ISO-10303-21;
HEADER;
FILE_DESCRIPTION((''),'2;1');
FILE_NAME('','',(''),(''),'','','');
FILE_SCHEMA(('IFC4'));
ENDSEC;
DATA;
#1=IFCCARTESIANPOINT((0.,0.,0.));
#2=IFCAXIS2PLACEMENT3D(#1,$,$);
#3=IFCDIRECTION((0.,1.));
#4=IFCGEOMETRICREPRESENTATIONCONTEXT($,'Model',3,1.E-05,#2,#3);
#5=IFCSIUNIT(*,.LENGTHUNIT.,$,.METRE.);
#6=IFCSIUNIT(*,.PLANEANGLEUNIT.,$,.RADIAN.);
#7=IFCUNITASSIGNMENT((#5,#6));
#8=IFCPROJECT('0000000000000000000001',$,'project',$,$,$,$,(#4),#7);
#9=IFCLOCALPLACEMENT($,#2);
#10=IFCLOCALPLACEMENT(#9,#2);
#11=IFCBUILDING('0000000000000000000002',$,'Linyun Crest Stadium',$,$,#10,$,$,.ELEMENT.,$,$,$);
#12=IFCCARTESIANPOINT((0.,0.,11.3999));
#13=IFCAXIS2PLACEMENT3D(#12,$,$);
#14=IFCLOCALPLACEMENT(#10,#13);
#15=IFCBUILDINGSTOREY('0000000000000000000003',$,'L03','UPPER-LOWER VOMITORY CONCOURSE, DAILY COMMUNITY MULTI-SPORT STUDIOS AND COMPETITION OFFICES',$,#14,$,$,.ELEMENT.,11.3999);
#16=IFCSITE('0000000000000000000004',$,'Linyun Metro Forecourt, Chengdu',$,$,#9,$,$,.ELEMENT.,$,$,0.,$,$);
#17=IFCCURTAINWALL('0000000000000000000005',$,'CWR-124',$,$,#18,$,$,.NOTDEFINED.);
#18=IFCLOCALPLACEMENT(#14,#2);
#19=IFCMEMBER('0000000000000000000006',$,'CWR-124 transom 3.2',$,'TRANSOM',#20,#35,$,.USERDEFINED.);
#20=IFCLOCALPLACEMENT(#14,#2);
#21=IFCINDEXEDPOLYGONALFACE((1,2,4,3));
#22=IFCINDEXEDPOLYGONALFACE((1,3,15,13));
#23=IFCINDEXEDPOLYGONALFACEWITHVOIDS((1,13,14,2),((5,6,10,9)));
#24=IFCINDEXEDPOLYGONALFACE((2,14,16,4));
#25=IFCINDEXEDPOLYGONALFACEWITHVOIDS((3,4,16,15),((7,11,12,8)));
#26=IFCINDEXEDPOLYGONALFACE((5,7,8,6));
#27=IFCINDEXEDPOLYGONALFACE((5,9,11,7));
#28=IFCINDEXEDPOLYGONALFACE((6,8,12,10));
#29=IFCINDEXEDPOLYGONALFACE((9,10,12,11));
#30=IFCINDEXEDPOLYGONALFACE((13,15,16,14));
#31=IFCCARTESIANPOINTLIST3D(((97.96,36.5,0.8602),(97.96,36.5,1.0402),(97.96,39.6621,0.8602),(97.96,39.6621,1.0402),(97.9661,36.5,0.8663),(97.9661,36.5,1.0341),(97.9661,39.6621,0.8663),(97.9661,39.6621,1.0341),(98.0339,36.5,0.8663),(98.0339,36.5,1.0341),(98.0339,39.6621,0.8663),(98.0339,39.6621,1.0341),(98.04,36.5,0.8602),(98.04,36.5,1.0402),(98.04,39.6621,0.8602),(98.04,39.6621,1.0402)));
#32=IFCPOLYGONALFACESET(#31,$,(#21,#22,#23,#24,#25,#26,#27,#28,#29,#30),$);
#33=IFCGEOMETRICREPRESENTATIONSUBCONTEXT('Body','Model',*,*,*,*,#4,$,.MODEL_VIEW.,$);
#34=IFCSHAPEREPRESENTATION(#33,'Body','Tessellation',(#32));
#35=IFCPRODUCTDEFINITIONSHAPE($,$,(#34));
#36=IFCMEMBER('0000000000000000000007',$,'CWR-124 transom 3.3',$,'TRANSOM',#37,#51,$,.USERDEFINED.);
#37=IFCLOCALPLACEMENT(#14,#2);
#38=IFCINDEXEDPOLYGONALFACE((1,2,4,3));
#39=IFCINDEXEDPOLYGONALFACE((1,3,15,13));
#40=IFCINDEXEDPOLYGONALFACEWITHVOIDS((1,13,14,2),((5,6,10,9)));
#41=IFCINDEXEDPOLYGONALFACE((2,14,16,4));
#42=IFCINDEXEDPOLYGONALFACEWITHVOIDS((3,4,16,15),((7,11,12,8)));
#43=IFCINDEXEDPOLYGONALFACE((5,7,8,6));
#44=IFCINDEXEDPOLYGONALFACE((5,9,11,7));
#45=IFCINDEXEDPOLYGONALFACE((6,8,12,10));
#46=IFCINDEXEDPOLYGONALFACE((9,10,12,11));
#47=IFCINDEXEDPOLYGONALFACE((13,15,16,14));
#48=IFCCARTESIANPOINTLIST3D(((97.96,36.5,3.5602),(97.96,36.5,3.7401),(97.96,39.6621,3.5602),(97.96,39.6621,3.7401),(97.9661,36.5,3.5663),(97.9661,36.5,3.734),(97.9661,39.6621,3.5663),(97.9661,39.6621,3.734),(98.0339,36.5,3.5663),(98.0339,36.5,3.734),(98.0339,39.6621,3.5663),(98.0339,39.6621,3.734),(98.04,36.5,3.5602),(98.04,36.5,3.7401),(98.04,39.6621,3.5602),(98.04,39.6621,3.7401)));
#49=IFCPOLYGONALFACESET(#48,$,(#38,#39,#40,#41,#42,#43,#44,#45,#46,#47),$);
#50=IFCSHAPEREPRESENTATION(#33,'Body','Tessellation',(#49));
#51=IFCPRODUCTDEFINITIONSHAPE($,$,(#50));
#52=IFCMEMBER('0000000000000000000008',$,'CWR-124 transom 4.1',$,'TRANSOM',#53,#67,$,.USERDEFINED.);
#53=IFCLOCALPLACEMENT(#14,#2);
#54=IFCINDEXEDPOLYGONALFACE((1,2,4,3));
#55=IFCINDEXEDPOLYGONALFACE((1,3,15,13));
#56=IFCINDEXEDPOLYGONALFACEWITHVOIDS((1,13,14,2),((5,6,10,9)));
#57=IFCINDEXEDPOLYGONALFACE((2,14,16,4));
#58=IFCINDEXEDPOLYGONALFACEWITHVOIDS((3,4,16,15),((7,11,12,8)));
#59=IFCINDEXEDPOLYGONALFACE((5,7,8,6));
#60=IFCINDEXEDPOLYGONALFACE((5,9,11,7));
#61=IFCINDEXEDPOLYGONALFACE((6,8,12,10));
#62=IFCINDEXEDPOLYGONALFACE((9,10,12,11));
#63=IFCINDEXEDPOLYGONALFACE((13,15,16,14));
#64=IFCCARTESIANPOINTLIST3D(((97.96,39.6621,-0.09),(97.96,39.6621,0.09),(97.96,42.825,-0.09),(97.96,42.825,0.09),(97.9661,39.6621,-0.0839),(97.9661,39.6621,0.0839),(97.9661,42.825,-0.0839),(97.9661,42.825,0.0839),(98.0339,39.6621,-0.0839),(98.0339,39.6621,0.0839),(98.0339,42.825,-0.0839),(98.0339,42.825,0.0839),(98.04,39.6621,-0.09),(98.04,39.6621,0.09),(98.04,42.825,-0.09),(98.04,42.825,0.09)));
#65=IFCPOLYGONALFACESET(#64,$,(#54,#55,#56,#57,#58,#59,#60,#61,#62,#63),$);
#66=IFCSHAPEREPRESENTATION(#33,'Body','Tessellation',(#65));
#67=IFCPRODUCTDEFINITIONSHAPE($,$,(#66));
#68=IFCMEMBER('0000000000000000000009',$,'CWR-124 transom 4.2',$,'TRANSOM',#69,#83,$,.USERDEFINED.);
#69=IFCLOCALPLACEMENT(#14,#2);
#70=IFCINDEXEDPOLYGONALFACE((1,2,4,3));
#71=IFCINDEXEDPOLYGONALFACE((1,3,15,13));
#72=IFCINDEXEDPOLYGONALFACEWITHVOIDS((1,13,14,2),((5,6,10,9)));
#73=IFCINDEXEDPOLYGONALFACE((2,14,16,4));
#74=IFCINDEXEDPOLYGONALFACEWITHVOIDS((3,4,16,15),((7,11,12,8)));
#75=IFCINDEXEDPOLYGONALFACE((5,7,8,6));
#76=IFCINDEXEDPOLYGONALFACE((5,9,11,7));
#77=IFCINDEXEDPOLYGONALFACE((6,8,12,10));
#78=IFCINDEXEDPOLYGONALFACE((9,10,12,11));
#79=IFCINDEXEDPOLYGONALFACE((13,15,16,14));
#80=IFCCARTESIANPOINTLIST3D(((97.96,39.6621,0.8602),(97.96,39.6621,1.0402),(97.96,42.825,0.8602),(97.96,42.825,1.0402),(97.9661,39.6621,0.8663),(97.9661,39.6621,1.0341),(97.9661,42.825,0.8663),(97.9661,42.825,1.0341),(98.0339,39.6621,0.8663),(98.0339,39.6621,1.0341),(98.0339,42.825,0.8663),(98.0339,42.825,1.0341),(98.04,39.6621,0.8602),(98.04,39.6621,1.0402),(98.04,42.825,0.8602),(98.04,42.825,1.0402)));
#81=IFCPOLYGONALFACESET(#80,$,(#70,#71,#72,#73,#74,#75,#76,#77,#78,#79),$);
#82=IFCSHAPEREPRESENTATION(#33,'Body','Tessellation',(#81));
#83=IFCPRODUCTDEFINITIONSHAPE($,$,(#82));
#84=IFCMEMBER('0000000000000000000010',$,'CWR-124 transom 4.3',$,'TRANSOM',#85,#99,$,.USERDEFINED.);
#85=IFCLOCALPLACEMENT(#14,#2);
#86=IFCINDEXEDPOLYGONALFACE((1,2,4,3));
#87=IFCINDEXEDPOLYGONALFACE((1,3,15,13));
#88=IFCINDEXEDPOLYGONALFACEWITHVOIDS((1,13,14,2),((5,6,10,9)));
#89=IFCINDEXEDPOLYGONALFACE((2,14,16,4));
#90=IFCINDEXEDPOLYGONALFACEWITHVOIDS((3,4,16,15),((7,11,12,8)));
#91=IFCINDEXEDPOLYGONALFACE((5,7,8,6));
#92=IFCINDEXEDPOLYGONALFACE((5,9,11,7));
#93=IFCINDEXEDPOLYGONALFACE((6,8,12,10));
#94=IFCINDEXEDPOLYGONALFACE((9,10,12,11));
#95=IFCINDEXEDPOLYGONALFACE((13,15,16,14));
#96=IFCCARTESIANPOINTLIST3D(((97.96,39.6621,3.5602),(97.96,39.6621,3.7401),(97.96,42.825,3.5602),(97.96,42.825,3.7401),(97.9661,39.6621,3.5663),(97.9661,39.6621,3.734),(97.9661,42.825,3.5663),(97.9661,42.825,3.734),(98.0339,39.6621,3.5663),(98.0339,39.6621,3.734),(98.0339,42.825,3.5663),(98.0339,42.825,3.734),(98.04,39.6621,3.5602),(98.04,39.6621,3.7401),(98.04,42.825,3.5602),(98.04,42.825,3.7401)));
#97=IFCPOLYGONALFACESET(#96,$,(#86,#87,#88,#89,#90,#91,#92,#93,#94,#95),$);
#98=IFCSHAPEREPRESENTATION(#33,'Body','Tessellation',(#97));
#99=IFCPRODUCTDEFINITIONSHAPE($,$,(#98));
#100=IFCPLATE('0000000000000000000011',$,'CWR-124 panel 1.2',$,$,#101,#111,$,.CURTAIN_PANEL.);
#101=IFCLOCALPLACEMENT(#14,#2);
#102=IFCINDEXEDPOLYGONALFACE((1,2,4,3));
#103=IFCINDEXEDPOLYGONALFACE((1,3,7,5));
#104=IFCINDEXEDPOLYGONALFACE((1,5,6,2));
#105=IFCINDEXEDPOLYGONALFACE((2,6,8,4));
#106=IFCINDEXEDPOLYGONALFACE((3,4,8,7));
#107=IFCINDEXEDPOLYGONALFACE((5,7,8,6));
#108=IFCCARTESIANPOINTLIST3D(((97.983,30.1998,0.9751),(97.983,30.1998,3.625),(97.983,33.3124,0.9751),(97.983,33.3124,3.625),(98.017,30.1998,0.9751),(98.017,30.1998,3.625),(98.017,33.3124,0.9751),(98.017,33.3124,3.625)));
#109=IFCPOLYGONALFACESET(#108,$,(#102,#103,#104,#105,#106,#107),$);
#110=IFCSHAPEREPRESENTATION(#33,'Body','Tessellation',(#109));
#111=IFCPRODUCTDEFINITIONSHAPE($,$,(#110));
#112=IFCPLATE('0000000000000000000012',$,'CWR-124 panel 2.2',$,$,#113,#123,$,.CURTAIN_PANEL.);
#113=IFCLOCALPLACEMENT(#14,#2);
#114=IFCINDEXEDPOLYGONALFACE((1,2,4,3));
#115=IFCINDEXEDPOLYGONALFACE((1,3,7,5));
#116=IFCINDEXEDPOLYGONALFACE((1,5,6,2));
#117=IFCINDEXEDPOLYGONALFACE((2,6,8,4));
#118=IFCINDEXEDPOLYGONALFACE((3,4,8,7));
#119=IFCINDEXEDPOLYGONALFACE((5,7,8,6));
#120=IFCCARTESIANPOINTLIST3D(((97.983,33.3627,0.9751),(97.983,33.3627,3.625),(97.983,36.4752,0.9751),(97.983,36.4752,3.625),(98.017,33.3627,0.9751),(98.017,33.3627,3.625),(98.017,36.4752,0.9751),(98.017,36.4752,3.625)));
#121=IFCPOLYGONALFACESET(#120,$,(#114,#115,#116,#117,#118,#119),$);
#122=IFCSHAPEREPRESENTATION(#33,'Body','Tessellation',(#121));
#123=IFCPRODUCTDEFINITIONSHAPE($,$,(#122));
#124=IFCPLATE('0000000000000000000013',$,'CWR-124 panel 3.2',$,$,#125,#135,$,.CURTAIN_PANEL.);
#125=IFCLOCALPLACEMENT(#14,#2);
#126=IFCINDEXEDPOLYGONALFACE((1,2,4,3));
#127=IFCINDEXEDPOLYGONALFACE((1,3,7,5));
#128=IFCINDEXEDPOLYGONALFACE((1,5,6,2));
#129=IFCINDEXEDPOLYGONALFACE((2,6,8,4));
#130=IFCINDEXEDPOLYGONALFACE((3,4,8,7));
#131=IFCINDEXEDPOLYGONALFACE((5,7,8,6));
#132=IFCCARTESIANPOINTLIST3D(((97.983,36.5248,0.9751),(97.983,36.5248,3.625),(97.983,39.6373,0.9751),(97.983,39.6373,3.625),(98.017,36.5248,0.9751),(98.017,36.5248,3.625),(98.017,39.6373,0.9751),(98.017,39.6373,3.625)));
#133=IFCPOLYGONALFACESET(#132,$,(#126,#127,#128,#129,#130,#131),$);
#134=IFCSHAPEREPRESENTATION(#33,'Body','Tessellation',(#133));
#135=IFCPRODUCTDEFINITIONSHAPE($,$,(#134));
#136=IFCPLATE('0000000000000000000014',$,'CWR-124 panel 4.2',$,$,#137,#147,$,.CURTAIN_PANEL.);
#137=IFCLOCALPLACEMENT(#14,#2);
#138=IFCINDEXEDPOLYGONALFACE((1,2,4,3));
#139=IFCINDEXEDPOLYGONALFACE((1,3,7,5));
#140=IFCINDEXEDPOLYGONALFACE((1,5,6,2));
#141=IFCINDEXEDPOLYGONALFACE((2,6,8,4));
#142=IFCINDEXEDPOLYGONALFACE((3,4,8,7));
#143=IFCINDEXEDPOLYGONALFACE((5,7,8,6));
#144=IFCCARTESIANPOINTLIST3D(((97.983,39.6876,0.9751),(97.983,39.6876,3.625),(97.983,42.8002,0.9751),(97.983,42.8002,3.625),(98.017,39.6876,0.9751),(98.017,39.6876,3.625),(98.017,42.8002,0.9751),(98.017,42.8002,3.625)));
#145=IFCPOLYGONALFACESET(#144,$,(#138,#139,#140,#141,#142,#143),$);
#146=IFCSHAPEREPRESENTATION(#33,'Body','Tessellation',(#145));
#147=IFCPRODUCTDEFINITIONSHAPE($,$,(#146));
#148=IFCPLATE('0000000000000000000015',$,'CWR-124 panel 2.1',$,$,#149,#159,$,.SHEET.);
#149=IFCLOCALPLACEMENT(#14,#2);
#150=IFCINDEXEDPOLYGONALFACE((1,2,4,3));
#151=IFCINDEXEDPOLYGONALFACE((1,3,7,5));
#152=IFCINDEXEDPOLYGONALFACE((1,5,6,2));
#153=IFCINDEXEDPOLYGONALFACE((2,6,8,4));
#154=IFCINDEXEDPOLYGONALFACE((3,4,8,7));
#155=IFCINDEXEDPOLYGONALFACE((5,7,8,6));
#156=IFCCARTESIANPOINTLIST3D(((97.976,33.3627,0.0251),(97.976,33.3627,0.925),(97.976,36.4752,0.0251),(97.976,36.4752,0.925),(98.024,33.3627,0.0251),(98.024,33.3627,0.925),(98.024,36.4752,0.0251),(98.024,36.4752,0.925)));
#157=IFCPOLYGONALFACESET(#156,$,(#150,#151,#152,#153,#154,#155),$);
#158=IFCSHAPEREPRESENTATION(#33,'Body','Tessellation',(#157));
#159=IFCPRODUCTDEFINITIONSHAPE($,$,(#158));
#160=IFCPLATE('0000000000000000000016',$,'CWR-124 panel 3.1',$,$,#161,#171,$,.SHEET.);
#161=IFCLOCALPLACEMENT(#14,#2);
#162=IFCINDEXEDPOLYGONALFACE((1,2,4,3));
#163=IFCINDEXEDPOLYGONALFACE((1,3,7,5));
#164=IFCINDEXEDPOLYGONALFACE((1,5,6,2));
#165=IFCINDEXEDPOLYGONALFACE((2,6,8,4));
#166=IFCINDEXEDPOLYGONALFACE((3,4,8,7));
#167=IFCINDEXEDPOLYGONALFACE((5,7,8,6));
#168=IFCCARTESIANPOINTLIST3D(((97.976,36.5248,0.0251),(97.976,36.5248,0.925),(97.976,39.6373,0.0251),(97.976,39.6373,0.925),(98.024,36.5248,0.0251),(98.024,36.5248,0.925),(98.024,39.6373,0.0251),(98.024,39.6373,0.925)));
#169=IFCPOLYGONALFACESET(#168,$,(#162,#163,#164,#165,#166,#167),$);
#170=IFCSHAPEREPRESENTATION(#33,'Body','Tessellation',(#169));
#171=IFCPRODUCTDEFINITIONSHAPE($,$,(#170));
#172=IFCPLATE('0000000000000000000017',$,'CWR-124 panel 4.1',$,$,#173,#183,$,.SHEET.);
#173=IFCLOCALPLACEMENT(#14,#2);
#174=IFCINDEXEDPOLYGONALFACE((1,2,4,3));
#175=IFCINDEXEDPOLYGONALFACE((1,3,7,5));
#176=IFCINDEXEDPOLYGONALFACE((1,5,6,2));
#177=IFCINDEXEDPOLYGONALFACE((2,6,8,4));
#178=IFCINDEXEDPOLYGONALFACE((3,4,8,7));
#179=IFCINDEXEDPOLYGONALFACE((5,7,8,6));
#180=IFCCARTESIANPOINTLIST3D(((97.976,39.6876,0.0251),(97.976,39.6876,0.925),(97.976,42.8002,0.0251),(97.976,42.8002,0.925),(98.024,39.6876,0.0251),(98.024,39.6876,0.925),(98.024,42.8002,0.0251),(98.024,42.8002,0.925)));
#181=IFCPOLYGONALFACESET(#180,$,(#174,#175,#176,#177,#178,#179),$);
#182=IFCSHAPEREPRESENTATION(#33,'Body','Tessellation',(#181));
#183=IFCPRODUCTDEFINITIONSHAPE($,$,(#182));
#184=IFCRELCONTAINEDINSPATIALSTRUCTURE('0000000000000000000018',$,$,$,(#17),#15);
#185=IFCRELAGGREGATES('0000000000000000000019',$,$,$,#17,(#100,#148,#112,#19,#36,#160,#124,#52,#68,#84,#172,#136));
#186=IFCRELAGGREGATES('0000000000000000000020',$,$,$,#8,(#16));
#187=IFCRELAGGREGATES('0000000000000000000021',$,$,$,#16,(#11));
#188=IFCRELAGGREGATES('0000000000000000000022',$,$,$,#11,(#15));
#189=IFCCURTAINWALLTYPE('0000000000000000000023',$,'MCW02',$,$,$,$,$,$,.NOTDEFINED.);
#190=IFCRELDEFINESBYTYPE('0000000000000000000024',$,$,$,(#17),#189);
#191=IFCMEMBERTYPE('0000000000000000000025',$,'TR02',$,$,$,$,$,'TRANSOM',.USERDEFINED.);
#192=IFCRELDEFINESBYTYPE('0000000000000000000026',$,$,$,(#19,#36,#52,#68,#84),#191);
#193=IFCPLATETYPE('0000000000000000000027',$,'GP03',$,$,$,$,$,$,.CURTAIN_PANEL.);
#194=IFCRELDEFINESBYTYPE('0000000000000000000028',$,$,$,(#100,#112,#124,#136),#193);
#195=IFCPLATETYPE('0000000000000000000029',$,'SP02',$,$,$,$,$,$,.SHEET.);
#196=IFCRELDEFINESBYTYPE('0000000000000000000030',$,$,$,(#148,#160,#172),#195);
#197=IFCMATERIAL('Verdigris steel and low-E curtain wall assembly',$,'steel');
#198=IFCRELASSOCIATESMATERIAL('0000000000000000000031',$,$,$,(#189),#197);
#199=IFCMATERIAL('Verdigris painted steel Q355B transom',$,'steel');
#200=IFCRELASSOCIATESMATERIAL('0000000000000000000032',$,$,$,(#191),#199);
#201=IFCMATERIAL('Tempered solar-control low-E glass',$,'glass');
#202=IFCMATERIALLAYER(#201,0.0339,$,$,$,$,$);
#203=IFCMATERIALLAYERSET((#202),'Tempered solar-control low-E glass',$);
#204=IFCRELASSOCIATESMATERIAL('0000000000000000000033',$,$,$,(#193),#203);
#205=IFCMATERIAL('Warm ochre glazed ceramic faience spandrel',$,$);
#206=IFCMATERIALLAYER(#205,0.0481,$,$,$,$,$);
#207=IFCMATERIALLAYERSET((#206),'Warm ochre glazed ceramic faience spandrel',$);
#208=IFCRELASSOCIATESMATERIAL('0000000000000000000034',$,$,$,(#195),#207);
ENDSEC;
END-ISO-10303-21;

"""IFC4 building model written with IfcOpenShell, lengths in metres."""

from ifc_helpers import new_model, si_unit, direction, frame, origin, origin_2d, place, context, subcontext, project, spatial, rectangle, hollow_rectangle, extrude, material, layer, layer_set, material_profile, profile_set, type_object, element, aggregate, save


model = new_model("IFC4")

# Units and contexts
model_context = context("Model", 3, precision=1e-05, world=origin(), true_north=direction((0.0, 1.0)))
body_context = subcontext(model_context, "Body", "Model", "MODEL_VIEW")
ifc_project = project(units=[si_unit("LENGTHUNIT", "METRE"), si_unit("PLANEANGLEUNIT", "RADIAN")], contexts=[model_context])

# Site, building, storey
site_placement = place(None, origin())
site = spatial("IfcSite", under=ifc_project, at=site_placement, Name="Linyun Metro Forecourt, Chengdu", CompositionType="ELEMENT", RefElevation=0.0)
building_placement = place(site_placement, origin())
building = spatial("IfcBuilding", under=site, at=building_placement, Name="Linyun Crest Stadium", CompositionType="ELEMENT")
storey_placement = place(building_placement, frame((0.0, 0.0, 11.3999)))
storey = spatial("IfcBuildingStorey", under=building, at=storey_placement, Name="L03", Description="UPPER-LOWER VOMITORY CONCOURSE, DAILY COMMUNITY MULTI-SPORT STUDIOS AND COMPETITION OFFICES", CompositionType="ELEMENT", Elevation=11.3999)

# Curtain wall, members, plates
ifc_material_1 = material(Name="Verdigris steel and low-E curtain wall assembly", Category="steel")
curtain_wall_type = type_object("IfcCurtainWallType", Name="MCW02", PredefinedType="NOTDEFINED", material=ifc_material_1)
curtain_wall_placement = place(storey_placement, origin())
curtain_wall = element("IfcCurtainWall", 1, at=curtain_wall_placement, inside=storey, type_object=curtain_wall_type, Name="CWR-124", PredefinedType="NOTDEFINED")
ifc_material_2 = material(Name="Verdigris painted steel Q355B transom", Category="steel")
ifc_material_profile_1 = material_profile(ifc_material_2, hollow_rectangle(XDim=0.0801, YDim=0.1799, WallThickness=0.0061, at=origin_2d()), Name="RHS 180x80x6")
ifc_profile_set_1 = profile_set([ifc_material_profile_1], Name="Verdigris painted steel Q355B transom")
member_type_1 = type_object("IfcMemberType", Name="TR02", ElementType="TRANSOM", PredefinedType="USERDEFINED", material=ifc_profile_set_1)
member_1_placement = place(storey_placement, frame((98.0, 36.5, 0.9502), z_axis=(0.0, 1.0, 0.0), x_axis=(-1.0, 0.0, 0.0)))
member_1 = element("IfcMember", 2, at=member_1_placement, type_object=member_type_1, Name="CWR-124 transom 3.2", ObjectType="TRANSOM", PredefinedType="USERDEFINED", context=body_context, shape_type="SweptSolid", body=[
    extrude(hollow_rectangle(XDim=0.0801, YDim=0.1799, WallThickness=0.0061, at=origin_2d()), origin(), (0.0, 0.0, 1.0), 3.1621),
])
member_2_placement = place(storey_placement, frame((98.0, 36.5, 3.6501), z_axis=(0.0, 1.0, 0.0), x_axis=(-1.0, 0.0, 0.0)))
member_2 = element("IfcMember", 3, at=member_2_placement, type_object=member_type_1, Name="CWR-124 transom 3.3", ObjectType="TRANSOM", PredefinedType="USERDEFINED", context=body_context, shape_type="SweptSolid", body=[
    extrude(hollow_rectangle(XDim=0.0801, YDim=0.1799, WallThickness=0.0061, at=origin_2d()), origin(), (0.0, 0.0, 1.0), 3.1621),
])
member_3_placement = place(storey_placement, frame((98.0, 39.6621, 0.0), z_axis=(0.0, 1.0, 0.0), x_axis=(-1.0, 0.0, 0.0)))
member_3 = element("IfcMember", 4, at=member_3_placement, type_object=member_type_1, Name="CWR-124 transom 4.1", ObjectType="TRANSOM", PredefinedType="USERDEFINED", context=body_context, shape_type="SweptSolid", body=[
    extrude(hollow_rectangle(XDim=0.0801, YDim=0.1799, WallThickness=0.0061, at=origin_2d()), origin(), (0.0, 0.0, 1.0), 3.1628),
])
member_4_placement = place(storey_placement, frame((98.0, 39.6621, 0.9502), z_axis=(0.0, 1.0, 0.0), x_axis=(-1.0, 0.0, 0.0)))
member_4 = element("IfcMember", 5, at=member_4_placement, type_object=member_type_1, Name="CWR-124 transom 4.2", ObjectType="TRANSOM", PredefinedType="USERDEFINED", context=body_context, shape_type="SweptSolid", body=[
    extrude(hollow_rectangle(XDim=0.0801, YDim=0.1799, WallThickness=0.0061, at=origin_2d()), origin(), (0.0, 0.0, 1.0), 3.1628),
])
member_5_placement = place(storey_placement, frame((98.0, 39.6621, 3.6501), z_axis=(0.0, 1.0, 0.0), x_axis=(-1.0, 0.0, 0.0)))
member_5 = element("IfcMember", 6, at=member_5_placement, type_object=member_type_1, Name="CWR-124 transom 4.3", ObjectType="TRANSOM", PredefinedType="USERDEFINED", context=body_context, shape_type="SweptSolid", body=[
    extrude(hollow_rectangle(XDim=0.0801, YDim=0.1799, WallThickness=0.0061, at=origin_2d()), origin(), (0.0, 0.0, 1.0), 3.1628),
])
ifc_material_3 = material(Name="Tempered solar-control low-E glass", Category="glass")
ifc_layer_1 = layer(ifc_material_3, 0.0339)
ifc_layer_set_1 = layer_set([ifc_layer_1], Name="Tempered solar-control low-E glass")
plate_type_1 = type_object("IfcPlateType", Name="GP03", PredefinedType="CURTAIN_PANEL", material=ifc_layer_set_1)
plate_1_placement = place(storey_placement, frame((98.0, 31.7561, 0.9751), z_axis=(0.0, 0.0, 1.0), x_axis=(0.0, 1.0, 0.0)))
plate_1 = element("IfcPlate", 7, at=plate_1_placement, type_object=plate_type_1, Name="CWR-124 panel 1.2", PredefinedType="CURTAIN_PANEL", context=body_context, shape_type="SweptSolid", body=[
    extrude(rectangle(XDim=3.1125, YDim=0.0339, at=origin_2d()), origin(), (0.0, 0.0, 1.0), 2.6499),
])
plate_2_placement = place(storey_placement, frame((98.0, 34.9189, 0.9751), z_axis=(0.0, 0.0, 1.0), x_axis=(0.0, 1.0, 0.0)))
plate_2 = element("IfcPlate", 8, at=plate_2_placement, type_object=plate_type_1, Name="CWR-124 panel 2.2", PredefinedType="CURTAIN_PANEL", context=body_context, shape_type="SweptSolid", body=[
    extrude(rectangle(XDim=3.1125, YDim=0.0339, at=origin_2d()), origin(), (0.0, 0.0, 1.0), 2.6499),
])
plate_3_placement = place(storey_placement, frame((98.0, 38.0811, 0.9751), z_axis=(0.0, 0.0, 1.0), x_axis=(0.0, 1.0, 0.0)))
plate_3 = element("IfcPlate", 9, at=plate_3_placement, type_object=plate_type_1, Name="CWR-124 panel 3.2", PredefinedType="CURTAIN_PANEL", context=body_context, shape_type="SweptSolid", body=[
    extrude(rectangle(XDim=3.1125, YDim=0.0339, at=origin_2d()), origin(), (0.0, 0.0, 1.0), 2.6499),
])
plate_4_placement = place(storey_placement, frame((98.0, 41.2439, 0.9751), z_axis=(0.0, 0.0, 1.0), x_axis=(0.0, 1.0, 0.0)))
plate_4 = element("IfcPlate", 10, at=plate_4_placement, type_object=plate_type_1, Name="CWR-124 panel 4.2", PredefinedType="CURTAIN_PANEL", context=body_context, shape_type="SweptSolid", body=[
    extrude(rectangle(XDim=3.1125, YDim=0.0339, at=origin_2d()), origin(), (0.0, 0.0, 1.0), 2.6499),
])
ifc_material_4 = material(Name="Warm ochre glazed ceramic faience spandrel")
ifc_layer_2 = layer(ifc_material_4, 0.0481)
ifc_layer_set_2 = layer_set([ifc_layer_2], Name="Warm ochre glazed ceramic faience spandrel")
plate_type_2 = type_object("IfcPlateType", Name="SP02", PredefinedType="SHEET", material=ifc_layer_set_2)
plate_5_placement = place(storey_placement, frame((98.0, 34.9189, 0.0251), z_axis=(0.0, 0.0, 1.0), x_axis=(0.0, 1.0, 0.0)))
plate_5 = element("IfcPlate", 11, at=plate_5_placement, type_object=plate_type_2, Name="CWR-124 panel 2.1", PredefinedType="SHEET", context=body_context, shape_type="SweptSolid", body=[
    extrude(rectangle(XDim=3.1125, YDim=0.0481, at=origin_2d()), origin(), (0.0, 0.0, 1.0), 0.8999),
])
plate_6_placement = place(storey_placement, frame((98.0, 38.0811, 0.0251), z_axis=(0.0, 0.0, 1.0), x_axis=(0.0, 1.0, 0.0)))
plate_6 = element("IfcPlate", 12, at=plate_6_placement, type_object=plate_type_2, Name="CWR-124 panel 3.1", PredefinedType="SHEET", context=body_context, shape_type="SweptSolid", body=[
    extrude(rectangle(XDim=3.1125, YDim=0.0481, at=origin_2d()), origin(), (0.0, 0.0, 1.0), 0.8999),
])
plate_7_placement = place(storey_placement, frame((98.0, 41.2439, 0.0251), z_axis=(0.0, 0.0, 1.0), x_axis=(0.0, 1.0, 0.0)))
plate_7 = element("IfcPlate", 13, at=plate_7_placement, type_object=plate_type_2, Name="CWR-124 panel 4.1", PredefinedType="SHEET", context=body_context, shape_type="SweptSolid", body=[
    extrude(rectangle(XDim=3.1125, YDim=0.0481, at=origin_2d()), origin(), (0.0, 0.0, 1.0), 0.8999),
])
aggregate(curtain_wall, [plate_1, plate_5, plate_2, member_1, member_2, plate_6, plate_3, member_3, member_4, member_5, plate_7, plate_4])

save(model, "model.ifc")
